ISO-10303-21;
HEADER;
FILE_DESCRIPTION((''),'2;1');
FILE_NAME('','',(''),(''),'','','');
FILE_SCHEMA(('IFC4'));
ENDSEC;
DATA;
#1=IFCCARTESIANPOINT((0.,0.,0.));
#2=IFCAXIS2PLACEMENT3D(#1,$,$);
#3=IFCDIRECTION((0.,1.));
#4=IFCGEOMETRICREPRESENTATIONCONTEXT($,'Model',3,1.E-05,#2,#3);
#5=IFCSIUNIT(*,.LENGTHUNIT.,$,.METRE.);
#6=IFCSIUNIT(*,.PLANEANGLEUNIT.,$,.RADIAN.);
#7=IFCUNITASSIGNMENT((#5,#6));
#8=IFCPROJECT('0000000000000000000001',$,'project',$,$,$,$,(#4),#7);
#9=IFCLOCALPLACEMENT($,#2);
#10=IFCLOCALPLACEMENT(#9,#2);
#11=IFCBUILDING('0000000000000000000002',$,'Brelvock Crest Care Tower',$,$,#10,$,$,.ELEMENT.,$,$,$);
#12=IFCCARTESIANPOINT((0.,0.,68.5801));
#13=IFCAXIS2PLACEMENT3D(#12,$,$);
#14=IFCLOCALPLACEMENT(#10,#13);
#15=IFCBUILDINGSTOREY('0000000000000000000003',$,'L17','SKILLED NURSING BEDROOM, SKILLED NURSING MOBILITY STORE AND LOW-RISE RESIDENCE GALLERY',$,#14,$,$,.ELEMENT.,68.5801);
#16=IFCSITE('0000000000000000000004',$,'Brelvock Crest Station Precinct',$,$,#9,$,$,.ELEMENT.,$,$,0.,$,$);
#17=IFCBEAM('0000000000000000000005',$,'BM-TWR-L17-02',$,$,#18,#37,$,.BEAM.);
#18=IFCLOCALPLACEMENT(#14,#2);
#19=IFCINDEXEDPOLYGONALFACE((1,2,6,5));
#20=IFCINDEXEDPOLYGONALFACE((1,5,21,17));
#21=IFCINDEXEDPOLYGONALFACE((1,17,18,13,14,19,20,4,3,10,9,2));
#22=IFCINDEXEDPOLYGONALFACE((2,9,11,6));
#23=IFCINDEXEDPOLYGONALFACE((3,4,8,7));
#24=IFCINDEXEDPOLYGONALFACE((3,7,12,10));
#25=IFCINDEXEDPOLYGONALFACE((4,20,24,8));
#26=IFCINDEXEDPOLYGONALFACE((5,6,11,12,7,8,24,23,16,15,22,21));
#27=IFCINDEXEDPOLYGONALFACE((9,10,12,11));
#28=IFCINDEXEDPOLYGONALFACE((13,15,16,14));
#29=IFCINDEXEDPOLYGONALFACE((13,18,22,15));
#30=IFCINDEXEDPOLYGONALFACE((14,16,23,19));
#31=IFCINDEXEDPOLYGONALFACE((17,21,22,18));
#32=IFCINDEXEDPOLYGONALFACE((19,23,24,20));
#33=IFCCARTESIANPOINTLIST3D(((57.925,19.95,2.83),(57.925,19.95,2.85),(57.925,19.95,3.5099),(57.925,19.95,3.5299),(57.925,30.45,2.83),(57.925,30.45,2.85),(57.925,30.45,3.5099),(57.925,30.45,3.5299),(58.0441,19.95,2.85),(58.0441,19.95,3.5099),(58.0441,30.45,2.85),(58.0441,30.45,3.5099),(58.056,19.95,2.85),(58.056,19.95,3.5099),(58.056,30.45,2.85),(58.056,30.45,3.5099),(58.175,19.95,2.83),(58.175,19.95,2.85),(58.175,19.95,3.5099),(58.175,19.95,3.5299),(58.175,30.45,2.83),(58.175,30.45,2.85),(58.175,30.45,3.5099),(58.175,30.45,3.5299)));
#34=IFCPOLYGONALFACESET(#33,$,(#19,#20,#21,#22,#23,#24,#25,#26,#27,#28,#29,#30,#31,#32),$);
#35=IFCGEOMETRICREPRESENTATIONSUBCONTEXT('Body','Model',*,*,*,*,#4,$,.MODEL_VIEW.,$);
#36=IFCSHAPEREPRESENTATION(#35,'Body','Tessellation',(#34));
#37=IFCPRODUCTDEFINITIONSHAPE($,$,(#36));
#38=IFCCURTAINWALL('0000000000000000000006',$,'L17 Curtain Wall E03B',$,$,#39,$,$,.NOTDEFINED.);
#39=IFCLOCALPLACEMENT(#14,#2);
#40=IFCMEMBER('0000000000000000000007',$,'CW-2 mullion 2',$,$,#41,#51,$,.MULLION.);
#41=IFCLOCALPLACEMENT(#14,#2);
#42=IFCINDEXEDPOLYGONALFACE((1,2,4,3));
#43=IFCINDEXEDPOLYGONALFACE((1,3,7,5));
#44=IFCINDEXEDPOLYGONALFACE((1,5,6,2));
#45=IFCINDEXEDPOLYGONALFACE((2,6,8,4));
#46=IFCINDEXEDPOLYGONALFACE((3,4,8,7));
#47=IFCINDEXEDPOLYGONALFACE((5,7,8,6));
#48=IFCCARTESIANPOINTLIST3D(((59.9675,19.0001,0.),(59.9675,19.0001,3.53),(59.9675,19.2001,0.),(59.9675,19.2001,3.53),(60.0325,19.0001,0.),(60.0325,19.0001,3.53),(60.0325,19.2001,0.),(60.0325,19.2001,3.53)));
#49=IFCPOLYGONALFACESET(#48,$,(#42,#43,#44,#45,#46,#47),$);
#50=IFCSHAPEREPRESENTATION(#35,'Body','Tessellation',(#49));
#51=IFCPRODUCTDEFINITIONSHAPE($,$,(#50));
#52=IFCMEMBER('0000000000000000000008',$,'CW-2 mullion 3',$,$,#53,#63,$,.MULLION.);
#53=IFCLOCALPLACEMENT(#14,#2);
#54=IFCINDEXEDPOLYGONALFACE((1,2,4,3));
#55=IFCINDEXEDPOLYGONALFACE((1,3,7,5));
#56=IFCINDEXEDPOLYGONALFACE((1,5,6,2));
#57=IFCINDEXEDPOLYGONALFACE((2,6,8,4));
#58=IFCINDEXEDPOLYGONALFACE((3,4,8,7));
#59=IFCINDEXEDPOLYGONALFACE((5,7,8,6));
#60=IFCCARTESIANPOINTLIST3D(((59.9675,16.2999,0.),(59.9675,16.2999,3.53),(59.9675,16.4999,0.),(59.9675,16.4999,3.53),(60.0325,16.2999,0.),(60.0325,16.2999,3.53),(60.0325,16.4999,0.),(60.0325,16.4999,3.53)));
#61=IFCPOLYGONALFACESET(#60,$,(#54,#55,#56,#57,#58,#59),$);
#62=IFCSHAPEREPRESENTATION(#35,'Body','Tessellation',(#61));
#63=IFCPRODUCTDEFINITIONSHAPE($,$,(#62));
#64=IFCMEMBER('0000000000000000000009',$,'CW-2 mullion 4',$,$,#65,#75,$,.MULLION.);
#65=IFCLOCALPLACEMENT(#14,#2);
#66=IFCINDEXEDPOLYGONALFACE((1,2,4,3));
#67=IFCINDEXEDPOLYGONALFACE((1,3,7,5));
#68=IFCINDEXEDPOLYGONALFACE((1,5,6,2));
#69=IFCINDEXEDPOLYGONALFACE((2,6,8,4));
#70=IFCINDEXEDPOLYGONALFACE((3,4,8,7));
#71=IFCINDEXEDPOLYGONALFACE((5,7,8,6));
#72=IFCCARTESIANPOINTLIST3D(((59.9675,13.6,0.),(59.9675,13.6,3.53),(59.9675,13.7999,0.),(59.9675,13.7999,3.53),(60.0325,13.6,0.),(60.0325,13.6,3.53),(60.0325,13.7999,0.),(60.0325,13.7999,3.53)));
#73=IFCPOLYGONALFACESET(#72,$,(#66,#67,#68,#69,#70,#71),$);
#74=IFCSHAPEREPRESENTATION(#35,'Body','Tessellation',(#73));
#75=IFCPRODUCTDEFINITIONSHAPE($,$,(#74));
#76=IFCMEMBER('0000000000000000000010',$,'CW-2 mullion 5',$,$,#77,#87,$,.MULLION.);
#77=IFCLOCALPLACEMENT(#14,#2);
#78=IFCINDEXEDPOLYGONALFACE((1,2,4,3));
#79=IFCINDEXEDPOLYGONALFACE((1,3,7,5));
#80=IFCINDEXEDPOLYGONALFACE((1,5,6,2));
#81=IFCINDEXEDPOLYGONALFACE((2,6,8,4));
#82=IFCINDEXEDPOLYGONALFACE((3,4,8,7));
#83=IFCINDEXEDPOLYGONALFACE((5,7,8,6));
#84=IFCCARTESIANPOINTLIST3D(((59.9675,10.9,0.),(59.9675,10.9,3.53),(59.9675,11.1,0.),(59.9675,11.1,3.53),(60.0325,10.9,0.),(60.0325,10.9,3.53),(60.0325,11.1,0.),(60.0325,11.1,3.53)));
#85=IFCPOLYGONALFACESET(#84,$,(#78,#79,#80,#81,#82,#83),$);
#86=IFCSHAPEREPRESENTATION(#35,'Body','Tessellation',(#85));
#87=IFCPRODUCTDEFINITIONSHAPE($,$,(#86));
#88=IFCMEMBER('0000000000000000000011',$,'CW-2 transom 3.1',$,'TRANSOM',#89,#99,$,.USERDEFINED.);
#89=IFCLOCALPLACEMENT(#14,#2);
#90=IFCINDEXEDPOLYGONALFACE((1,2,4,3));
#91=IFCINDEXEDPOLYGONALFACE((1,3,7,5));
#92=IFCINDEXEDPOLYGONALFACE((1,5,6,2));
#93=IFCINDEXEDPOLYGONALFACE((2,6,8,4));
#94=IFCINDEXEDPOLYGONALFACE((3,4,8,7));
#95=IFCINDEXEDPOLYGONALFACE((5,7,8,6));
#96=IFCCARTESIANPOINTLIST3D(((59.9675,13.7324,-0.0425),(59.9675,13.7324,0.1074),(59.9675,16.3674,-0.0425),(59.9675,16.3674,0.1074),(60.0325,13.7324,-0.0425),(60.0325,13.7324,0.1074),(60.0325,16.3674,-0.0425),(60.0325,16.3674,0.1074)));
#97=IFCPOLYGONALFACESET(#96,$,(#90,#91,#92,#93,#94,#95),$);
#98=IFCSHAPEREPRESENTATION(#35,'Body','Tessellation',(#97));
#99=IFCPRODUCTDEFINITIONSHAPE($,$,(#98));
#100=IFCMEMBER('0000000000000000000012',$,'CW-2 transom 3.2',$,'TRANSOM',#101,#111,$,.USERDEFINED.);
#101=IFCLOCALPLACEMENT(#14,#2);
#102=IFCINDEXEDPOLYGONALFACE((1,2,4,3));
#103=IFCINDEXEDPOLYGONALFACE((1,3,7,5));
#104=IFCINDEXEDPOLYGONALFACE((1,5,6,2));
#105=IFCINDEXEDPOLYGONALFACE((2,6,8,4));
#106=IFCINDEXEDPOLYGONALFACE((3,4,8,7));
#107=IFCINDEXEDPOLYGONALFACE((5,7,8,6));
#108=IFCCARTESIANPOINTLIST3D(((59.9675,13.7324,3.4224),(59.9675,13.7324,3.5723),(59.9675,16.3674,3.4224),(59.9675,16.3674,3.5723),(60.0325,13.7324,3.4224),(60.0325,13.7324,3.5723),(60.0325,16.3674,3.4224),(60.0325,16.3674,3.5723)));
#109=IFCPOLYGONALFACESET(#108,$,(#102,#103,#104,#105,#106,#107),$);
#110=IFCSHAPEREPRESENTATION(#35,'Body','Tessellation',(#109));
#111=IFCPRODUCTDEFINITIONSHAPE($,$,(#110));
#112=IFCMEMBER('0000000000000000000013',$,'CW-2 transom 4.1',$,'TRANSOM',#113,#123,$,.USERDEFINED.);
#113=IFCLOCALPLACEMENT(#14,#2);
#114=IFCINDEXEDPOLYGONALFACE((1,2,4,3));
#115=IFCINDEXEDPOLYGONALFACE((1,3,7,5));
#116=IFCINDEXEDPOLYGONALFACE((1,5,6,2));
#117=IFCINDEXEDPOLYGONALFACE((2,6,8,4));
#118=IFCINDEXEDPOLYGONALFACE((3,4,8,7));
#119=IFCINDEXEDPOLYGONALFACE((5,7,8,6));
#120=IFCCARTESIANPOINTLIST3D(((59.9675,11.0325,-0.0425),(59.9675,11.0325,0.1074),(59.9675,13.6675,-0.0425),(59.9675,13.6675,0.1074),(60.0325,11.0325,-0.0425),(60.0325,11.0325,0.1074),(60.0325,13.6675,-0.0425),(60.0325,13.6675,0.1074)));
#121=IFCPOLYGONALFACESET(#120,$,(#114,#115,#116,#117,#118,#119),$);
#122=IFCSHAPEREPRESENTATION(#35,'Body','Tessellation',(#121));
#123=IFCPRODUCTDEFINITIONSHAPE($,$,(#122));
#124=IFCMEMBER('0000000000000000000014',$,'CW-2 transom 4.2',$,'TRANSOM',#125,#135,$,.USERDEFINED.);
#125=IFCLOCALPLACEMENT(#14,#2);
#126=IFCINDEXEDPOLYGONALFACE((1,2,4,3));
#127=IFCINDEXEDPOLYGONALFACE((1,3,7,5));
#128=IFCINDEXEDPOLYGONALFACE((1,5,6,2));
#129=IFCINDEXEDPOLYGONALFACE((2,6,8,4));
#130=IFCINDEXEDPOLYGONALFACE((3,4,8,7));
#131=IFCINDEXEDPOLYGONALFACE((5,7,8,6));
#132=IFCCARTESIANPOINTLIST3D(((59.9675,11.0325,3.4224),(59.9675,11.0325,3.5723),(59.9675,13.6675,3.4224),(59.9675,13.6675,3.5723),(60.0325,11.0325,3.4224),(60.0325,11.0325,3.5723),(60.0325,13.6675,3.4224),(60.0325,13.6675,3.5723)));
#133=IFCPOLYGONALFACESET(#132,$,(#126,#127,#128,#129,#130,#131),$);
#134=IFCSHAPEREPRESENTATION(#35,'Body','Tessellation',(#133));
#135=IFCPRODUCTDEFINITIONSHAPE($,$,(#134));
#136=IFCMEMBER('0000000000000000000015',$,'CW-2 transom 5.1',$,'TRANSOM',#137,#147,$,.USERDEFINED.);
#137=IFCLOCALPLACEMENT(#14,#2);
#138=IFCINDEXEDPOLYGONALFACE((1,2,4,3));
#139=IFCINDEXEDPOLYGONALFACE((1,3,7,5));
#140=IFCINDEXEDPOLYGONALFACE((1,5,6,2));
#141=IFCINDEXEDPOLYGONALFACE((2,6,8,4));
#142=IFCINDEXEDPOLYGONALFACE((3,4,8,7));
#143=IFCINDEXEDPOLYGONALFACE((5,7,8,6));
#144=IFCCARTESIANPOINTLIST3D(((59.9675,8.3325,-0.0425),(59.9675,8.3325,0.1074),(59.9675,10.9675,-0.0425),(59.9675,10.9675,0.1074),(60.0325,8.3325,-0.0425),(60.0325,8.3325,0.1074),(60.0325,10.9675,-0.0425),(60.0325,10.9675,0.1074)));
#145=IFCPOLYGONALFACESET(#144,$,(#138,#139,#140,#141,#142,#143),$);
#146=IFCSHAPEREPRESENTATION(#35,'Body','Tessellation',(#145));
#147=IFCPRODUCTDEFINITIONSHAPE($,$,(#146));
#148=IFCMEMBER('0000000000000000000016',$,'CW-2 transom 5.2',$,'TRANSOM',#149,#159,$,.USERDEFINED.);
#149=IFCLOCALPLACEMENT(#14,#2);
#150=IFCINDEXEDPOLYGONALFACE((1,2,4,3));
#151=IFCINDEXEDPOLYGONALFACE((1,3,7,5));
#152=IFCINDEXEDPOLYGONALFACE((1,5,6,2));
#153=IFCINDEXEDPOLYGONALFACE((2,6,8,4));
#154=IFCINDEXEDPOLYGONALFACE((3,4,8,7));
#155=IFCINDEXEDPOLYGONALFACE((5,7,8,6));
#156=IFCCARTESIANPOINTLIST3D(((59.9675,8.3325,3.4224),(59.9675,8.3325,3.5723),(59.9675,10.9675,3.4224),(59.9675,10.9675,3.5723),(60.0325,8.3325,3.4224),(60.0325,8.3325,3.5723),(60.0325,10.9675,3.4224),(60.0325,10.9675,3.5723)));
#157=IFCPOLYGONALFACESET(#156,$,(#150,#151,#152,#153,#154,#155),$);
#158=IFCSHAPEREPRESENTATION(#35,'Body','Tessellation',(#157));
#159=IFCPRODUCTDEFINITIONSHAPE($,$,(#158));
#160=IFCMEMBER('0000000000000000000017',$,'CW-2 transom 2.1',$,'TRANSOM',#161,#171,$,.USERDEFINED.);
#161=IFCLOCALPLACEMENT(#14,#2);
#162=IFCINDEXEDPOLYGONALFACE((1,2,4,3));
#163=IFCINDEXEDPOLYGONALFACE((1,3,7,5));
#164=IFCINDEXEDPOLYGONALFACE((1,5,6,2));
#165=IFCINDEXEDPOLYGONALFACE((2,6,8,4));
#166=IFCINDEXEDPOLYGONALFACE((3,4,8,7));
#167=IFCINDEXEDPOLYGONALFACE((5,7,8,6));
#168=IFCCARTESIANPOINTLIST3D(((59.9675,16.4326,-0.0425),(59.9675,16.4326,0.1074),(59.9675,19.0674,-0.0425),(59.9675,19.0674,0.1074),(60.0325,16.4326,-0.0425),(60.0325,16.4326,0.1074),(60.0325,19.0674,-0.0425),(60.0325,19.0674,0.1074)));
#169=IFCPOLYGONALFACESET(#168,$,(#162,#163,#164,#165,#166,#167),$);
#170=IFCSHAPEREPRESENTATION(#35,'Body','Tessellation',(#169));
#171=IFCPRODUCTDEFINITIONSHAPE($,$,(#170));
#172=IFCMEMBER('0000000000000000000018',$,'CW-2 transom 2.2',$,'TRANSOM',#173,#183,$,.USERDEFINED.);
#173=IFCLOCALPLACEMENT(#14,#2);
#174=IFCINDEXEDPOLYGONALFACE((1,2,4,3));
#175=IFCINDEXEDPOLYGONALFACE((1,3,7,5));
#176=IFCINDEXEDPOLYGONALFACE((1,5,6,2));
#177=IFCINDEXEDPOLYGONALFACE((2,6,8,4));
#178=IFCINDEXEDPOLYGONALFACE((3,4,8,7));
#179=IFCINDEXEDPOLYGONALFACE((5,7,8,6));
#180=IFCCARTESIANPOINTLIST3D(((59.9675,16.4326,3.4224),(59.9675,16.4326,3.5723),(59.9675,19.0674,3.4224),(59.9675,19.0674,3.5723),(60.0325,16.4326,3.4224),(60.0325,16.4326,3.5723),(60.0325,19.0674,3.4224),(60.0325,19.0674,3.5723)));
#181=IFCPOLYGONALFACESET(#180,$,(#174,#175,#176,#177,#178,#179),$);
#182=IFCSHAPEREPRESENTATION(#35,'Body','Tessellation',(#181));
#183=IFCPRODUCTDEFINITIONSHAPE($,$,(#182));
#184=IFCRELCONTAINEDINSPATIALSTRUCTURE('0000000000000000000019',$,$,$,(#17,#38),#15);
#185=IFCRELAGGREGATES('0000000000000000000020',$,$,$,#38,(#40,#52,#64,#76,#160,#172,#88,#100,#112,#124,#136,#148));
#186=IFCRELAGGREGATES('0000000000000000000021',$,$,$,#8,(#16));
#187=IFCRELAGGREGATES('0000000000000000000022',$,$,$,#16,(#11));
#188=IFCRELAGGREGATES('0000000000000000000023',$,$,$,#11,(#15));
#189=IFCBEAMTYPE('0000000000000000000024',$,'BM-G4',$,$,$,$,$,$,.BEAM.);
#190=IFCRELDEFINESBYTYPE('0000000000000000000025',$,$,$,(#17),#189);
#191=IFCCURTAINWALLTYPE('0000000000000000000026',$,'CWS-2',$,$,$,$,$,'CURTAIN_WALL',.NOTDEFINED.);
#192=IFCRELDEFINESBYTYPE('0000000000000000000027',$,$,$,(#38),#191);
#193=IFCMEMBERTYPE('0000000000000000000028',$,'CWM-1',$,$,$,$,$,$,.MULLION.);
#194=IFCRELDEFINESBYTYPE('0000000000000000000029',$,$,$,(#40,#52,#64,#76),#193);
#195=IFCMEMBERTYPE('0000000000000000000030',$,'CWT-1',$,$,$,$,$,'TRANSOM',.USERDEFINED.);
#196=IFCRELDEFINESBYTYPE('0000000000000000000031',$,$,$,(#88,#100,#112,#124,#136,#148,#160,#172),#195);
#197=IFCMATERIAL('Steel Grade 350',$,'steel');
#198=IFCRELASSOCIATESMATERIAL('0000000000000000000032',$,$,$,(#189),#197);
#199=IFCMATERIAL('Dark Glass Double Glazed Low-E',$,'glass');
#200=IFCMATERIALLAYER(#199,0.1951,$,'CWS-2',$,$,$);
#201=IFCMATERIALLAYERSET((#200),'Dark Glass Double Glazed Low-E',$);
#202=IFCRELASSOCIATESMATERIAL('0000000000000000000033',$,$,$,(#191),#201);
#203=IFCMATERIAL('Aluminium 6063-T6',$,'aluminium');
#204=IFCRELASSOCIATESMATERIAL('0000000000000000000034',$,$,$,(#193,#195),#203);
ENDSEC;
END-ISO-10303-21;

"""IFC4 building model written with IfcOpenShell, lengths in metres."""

from ifc_helpers import new_model, si_unit, direction, frame, origin, origin_2d, place, context, subcontext, project, spatial, rectangle, i_section, extrude, source, transform, mapped, material, layer, layer_set, material_profile, profile_set, type_object, element, aggregate, save


model = new_model("IFC4")

# Units and contexts
model_context = context("Model", 3, precision=1e-05, world=origin(), true_north=direction((0.0, 1.0)))
body_context = subcontext(model_context, "Body", "Model", "MODEL_VIEW")
ifc_project = project(units=[si_unit("LENGTHUNIT", "METRE"), si_unit("PLANEANGLEUNIT", "RADIAN")], contexts=[model_context])

# Site, building, storey
site_placement = place(None, origin())
site = spatial("IfcSite", under=ifc_project, at=site_placement, Name="Brelvock Crest Station Precinct", CompositionType="ELEMENT", RefElevation=0.0)
building_placement = place(site_placement, origin())
building = spatial("IfcBuilding", under=site, at=building_placement, Name="Brelvock Crest Care Tower", CompositionType="ELEMENT")
storey_placement = place(building_placement, frame((0.0, 0.0, 68.5801)))
storey = spatial("IfcBuildingStorey", under=building, at=storey_placement, Name="L17", Description="SKILLED NURSING BEDROOM, SKILLED NURSING MOBILITY STORE AND LOW-RISE RESIDENCE GALLERY", CompositionType="ELEMENT", Elevation=68.5801)

# Beam
ifc_material_1 = material(Name="Steel Grade 350", Category="steel")
ifc_material_profile_1 = material_profile(ifc_material_1, i_section(OverallWidth=0.25, OverallDepth=0.7, WebThickness=0.012, FlangeThickness=0.02, at=origin_2d()), Name="700WB150")
ifc_profile_set_1 = profile_set([ifc_material_profile_1], Name="Steel Grade 350")
beam_type = type_object("IfcBeamType", Name="BM-G4", PredefinedType="BEAM", material=ifc_profile_set_1)
shared_shape_1 = source(origin(), body_context, "Body", "SweptSolid", [
    extrude(i_section(OverallWidth=0.25, OverallDepth=0.7, WebThickness=0.012, FlangeThickness=0.02, at=origin_2d()), origin(), (0.0, 0.0, 1.0), 10.5),
])
beam_placement = place(storey_placement, frame((58.05, 19.95, 3.1799), z_axis=(0.0, 1.0, 0.0), x_axis=(-1.0, 0.0, 0.0)))
element("IfcBeam", 1, at=beam_placement, inside=storey, type_object=beam_type, Name="BM-TWR-L17-02", PredefinedType="BEAM", context=body_context, shape_type="MappedRepresentation", body=[
    mapped(shared_shape_1, transform((0.0, 0.0, 0.0), x_axis=(1.0, 0.0, 0.0), y_axis=(0.0, 1.0, 0.0), z_axis=(0.0, 0.0, 1.0), scale=1.0)),
])

# Curtain wall, members
ifc_material_2 = material(Name="Dark Glass Double Glazed Low-E", Category="glass")
ifc_layer_1 = layer(ifc_material_2, 0.1951, Name="CWS-2")
ifc_layer_set_1 = layer_set([ifc_layer_1], Name="Dark Glass Double Glazed Low-E")
curtain_wall_type = type_object("IfcCurtainWallType", Name="CWS-2", ElementType="CURTAIN_WALL", PredefinedType="NOTDEFINED", material=ifc_layer_set_1)
curtain_wall_placement = place(storey_placement, origin())
curtain_wall = element("IfcCurtainWall", 2, at=curtain_wall_placement, inside=storey, type_object=curtain_wall_type, Name="L17 Curtain Wall E03B", PredefinedType="NOTDEFINED")
ifc_material_3 = material(Name="Aluminium 6063-T6", Category="aluminium")
ifc_material_profile_2 = material_profile(ifc_material_3, rectangle(XDim=0.0649, YDim=0.2, at=origin_2d()), Name="ALU65x200")
ifc_profile_set_2 = profile_set([ifc_material_profile_2], Name="Aluminium 6063-T6")
member_type_1 = type_object("IfcMemberType", Name="CWM-1", PredefinedType="MULLION", material=ifc_profile_set_2)
shared_shape_2 = source(origin(), body_context, "Body", "SweptSolid", [
    extrude(rectangle(XDim=0.0649, YDim=0.2, at=origin_2d()), origin(), (0.0, 0.0, 1.0), 3.53),
])
member_1_placement = place(storey_placement, frame((60.0, 19.1001, 0.0), z_axis=(0.0, 0.0, 1.0), x_axis=(1.0, 0.0, 0.0)))
member_1 = element("IfcMember", 3, at=member_1_placement, type_object=member_type_1, Name="CW-2 mullion 2", PredefinedType="MULLION", context=body_context, shape_type="MappedRepresentation", body=[
    mapped(shared_shape_2, transform((0.0, 0.0, 0.0), x_axis=(1.0, 0.0, 0.0), y_axis=(0.0, 1.0, 0.0), z_axis=(0.0, 0.0, 1.0), scale=1.0)),
])
member_2_placement = place(storey_placement, frame((60.0, 16.3999, 0.0), z_axis=(0.0, 0.0, 1.0), x_axis=(1.0, 0.0, 0.0)))
member_2 = element("IfcMember", 4, at=member_2_placement, type_object=member_type_1, Name="CW-2 mullion 3", PredefinedType="MULLION", context=body_context, shape_type="MappedRepresentation", body=[
    mapped(shared_shape_2, transform((0.0, 0.0, 0.0), x_axis=(1.0, 0.0, 0.0), y_axis=(0.0, 1.0, 0.0), z_axis=(0.0, 0.0, 1.0), scale=1.0)),
])
member_3_placement = place(storey_placement, frame((60.0, 13.7, 0.0), z_axis=(0.0, 0.0, 1.0), x_axis=(1.0, 0.0, 0.0)))
member_3 = element("IfcMember", 5, at=member_3_placement, type_object=member_type_1, Name="CW-2 mullion 4", PredefinedType="MULLION", context=body_context, shape_type="MappedRepresentation", body=[
    mapped(shared_shape_2, transform((0.0, 0.0, 0.0), x_axis=(1.0, 0.0, 0.0), y_axis=(0.0, 1.0, 0.0), z_axis=(0.0, 0.0, 1.0), scale=1.0)),
])
member_4_placement = place(storey_placement, frame((60.0, 11.0, 0.0), z_axis=(0.0, 0.0, 1.0), x_axis=(1.0, 0.0, 0.0)))
member_4 = element("IfcMember", 6, at=member_4_placement, type_object=member_type_1, Name="CW-2 mullion 5", PredefinedType="MULLION", context=body_context, shape_type="MappedRepresentation", body=[
    mapped(shared_shape_2, transform((0.0, 0.0, 0.0), x_axis=(1.0, 0.0, 0.0), y_axis=(0.0, 1.0, 0.0), z_axis=(0.0, 0.0, 1.0), scale=1.0)),
])
ifc_material_profile_3 = material_profile(ifc_material_3, rectangle(XDim=0.0649, YDim=0.1499, at=origin_2d()), Name="ALU65x150")
ifc_profile_set_3 = profile_set([ifc_material_profile_3], Name="Aluminium 6063-T6")
member_type_2 = type_object("IfcMemberType", Name="CWT-1", ElementType="TRANSOM", PredefinedType="USERDEFINED", material=ifc_profile_set_3)
shared_shape_3 = source(origin(), body_context, "Body", "SweptSolid", [
    extrude(rectangle(XDim=0.0649, YDim=0.1499, at=origin_2d()), origin(), (0.0, 0.0, 1.0), 2.635),
])
member_5_placement = place(storey_placement, frame((60.0, 16.3674, 0.0325), z_axis=(0.0, -1.0, 0.0), x_axis=(1.0, 0.0, 0.0)))
member_5 = element("IfcMember", 7, at=member_5_placement, type_object=member_type_2, Name="CW-2 transom 3.1", ObjectType="TRANSOM", PredefinedType="USERDEFINED", context=body_context, shape_type="MappedRepresentation", body=[
    mapped(shared_shape_3, transform((0.0, 0.0, 0.0), x_axis=(1.0, 0.0, 0.0), y_axis=(0.0, 1.0, 0.0), z_axis=(0.0, 0.0, 1.0), scale=1.0)),
])
member_6_placement = place(storey_placement, frame((60.0, 16.3674, 3.4973), z_axis=(0.0, -1.0, 0.0), x_axis=(1.0, 0.0, 0.0)))
member_6 = element("IfcMember", 8, at=member_6_placement, type_object=member_type_2, Name="CW-2 transom 3.2", ObjectType="TRANSOM", PredefinedType="USERDEFINED", context=body_context, shape_type="MappedRepresentation", body=[
    mapped(shared_shape_3, transform((0.0, 0.0, 0.0), x_axis=(1.0, 0.0, 0.0), y_axis=(0.0, 1.0, 0.0), z_axis=(0.0, 0.0, 1.0), scale=1.0)),
])
member_7_placement = place(storey_placement, frame((60.0, 13.6675, 0.0325), z_axis=(0.0, -1.0, 0.0), x_axis=(1.0, 0.0, 0.0)))
member_7 = element("IfcMember", 9, at=member_7_placement, type_object=member_type_2, Name="CW-2 transom 4.1", ObjectType="TRANSOM", PredefinedType="USERDEFINED", context=body_context, shape_type="MappedRepresentation", body=[
    mapped(shared_shape_3, transform((0.0, 0.0, 0.0), x_axis=(1.0, 0.0, 0.0), y_axis=(0.0, 1.0, 0.0), z_axis=(0.0, 0.0, 1.0), scale=1.0)),
])
member_8_placement = place(storey_placement, frame((60.0, 13.6675, 3.4973), z_axis=(0.0, -1.0, 0.0), x_axis=(1.0, 0.0, 0.0)))
member_8 = element("IfcMember", 10, at=member_8_placement, type_object=member_type_2, Name="CW-2 transom 4.2", ObjectType="TRANSOM", PredefinedType="USERDEFINED", context=body_context, shape_type="MappedRepresentation", body=[
    mapped(shared_shape_3, transform((0.0, 0.0, 0.0), x_axis=(1.0, 0.0, 0.0), y_axis=(0.0, 1.0, 0.0), z_axis=(0.0, 0.0, 1.0), scale=1.0)),
])
member_9_placement = place(storey_placement, frame((60.0, 10.9675, 0.0325), z_axis=(0.0, -1.0, 0.0), x_axis=(1.0, 0.0, 0.0)))
member_9 = element("IfcMember", 11, at=member_9_placement, type_object=member_type_2, Name="CW-2 transom 5.1", ObjectType="TRANSOM", PredefinedType="USERDEFINED", context=body_context, shape_type="MappedRepresentation", body=[
    mapped(shared_shape_3, transform((0.0, 0.0, 0.0), x_axis=(1.0, 0.0, 0.0), y_axis=(0.0, 1.0, 0.0), z_axis=(0.0, 0.0, 1.0), scale=1.0)),
])
member_10_placement = place(storey_placement, frame((60.0, 10.9675, 3.4973), z_axis=(0.0, -1.0, 0.0), x_axis=(1.0, 0.0, 0.0)))
member_10 = element("IfcMember", 12, at=member_10_placement, type_object=member_type_2, Name="CW-2 transom 5.2", ObjectType="TRANSOM", PredefinedType="USERDEFINED", context=body_context, shape_type="MappedRepresentation", body=[
    mapped(shared_shape_3, transform((0.0, 0.0, 0.0), x_axis=(1.0, 0.0, 0.0), y_axis=(0.0, 1.0, 0.0), z_axis=(0.0, 0.0, 1.0), scale=1.0)),
])
shared_shape_4 = source(origin(), body_context, "Body", "SweptSolid", [
    extrude(rectangle(XDim=0.0649, YDim=0.1499, at=origin_2d()), origin(), (0.0, 0.0, 1.0), 2.6348),
])
member_11_placement = place(storey_placement, frame((60.0, 19.0674, 0.0325), z_axis=(0.0, -1.0, 0.0), x_axis=(1.0, 0.0, 0.0)))
member_11 = element("IfcMember", 13, at=member_11_placement, type_object=member_type_2, Name="CW-2 transom 2.1", ObjectType="TRANSOM", PredefinedType="USERDEFINED", context=body_context, shape_type="MappedRepresentation", body=[
    mapped(shared_shape_4, transform((0.0, 0.0, 0.0), x_axis=(1.0, 0.0, 0.0), y_axis=(0.0, 1.0, 0.0), z_axis=(0.0, 0.0, 1.0), scale=1.0)),
])
member_12_placement = place(storey_placement, frame((60.0, 19.0674, 3.4973), z_axis=(0.0, -1.0, 0.0), x_axis=(1.0, 0.0, 0.0)))
member_12 = element("IfcMember", 14, at=member_12_placement, type_object=member_type_2, Name="CW-2 transom 2.2", ObjectType="TRANSOM", PredefinedType="USERDEFINED", context=body_context, shape_type="MappedRepresentation", body=[
    mapped(shared_shape_4, transform((0.0, 0.0, 0.0), x_axis=(1.0, 0.0, 0.0), y_axis=(0.0, 1.0, 0.0), z_axis=(0.0, 0.0, 1.0), scale=1.0)),
])
aggregate(curtain_wall, [member_1, member_2, member_3, member_4, member_11, member_12, member_5, member_6, member_7, member_8, member_9, member_10])

save(model, "model.ifc")
